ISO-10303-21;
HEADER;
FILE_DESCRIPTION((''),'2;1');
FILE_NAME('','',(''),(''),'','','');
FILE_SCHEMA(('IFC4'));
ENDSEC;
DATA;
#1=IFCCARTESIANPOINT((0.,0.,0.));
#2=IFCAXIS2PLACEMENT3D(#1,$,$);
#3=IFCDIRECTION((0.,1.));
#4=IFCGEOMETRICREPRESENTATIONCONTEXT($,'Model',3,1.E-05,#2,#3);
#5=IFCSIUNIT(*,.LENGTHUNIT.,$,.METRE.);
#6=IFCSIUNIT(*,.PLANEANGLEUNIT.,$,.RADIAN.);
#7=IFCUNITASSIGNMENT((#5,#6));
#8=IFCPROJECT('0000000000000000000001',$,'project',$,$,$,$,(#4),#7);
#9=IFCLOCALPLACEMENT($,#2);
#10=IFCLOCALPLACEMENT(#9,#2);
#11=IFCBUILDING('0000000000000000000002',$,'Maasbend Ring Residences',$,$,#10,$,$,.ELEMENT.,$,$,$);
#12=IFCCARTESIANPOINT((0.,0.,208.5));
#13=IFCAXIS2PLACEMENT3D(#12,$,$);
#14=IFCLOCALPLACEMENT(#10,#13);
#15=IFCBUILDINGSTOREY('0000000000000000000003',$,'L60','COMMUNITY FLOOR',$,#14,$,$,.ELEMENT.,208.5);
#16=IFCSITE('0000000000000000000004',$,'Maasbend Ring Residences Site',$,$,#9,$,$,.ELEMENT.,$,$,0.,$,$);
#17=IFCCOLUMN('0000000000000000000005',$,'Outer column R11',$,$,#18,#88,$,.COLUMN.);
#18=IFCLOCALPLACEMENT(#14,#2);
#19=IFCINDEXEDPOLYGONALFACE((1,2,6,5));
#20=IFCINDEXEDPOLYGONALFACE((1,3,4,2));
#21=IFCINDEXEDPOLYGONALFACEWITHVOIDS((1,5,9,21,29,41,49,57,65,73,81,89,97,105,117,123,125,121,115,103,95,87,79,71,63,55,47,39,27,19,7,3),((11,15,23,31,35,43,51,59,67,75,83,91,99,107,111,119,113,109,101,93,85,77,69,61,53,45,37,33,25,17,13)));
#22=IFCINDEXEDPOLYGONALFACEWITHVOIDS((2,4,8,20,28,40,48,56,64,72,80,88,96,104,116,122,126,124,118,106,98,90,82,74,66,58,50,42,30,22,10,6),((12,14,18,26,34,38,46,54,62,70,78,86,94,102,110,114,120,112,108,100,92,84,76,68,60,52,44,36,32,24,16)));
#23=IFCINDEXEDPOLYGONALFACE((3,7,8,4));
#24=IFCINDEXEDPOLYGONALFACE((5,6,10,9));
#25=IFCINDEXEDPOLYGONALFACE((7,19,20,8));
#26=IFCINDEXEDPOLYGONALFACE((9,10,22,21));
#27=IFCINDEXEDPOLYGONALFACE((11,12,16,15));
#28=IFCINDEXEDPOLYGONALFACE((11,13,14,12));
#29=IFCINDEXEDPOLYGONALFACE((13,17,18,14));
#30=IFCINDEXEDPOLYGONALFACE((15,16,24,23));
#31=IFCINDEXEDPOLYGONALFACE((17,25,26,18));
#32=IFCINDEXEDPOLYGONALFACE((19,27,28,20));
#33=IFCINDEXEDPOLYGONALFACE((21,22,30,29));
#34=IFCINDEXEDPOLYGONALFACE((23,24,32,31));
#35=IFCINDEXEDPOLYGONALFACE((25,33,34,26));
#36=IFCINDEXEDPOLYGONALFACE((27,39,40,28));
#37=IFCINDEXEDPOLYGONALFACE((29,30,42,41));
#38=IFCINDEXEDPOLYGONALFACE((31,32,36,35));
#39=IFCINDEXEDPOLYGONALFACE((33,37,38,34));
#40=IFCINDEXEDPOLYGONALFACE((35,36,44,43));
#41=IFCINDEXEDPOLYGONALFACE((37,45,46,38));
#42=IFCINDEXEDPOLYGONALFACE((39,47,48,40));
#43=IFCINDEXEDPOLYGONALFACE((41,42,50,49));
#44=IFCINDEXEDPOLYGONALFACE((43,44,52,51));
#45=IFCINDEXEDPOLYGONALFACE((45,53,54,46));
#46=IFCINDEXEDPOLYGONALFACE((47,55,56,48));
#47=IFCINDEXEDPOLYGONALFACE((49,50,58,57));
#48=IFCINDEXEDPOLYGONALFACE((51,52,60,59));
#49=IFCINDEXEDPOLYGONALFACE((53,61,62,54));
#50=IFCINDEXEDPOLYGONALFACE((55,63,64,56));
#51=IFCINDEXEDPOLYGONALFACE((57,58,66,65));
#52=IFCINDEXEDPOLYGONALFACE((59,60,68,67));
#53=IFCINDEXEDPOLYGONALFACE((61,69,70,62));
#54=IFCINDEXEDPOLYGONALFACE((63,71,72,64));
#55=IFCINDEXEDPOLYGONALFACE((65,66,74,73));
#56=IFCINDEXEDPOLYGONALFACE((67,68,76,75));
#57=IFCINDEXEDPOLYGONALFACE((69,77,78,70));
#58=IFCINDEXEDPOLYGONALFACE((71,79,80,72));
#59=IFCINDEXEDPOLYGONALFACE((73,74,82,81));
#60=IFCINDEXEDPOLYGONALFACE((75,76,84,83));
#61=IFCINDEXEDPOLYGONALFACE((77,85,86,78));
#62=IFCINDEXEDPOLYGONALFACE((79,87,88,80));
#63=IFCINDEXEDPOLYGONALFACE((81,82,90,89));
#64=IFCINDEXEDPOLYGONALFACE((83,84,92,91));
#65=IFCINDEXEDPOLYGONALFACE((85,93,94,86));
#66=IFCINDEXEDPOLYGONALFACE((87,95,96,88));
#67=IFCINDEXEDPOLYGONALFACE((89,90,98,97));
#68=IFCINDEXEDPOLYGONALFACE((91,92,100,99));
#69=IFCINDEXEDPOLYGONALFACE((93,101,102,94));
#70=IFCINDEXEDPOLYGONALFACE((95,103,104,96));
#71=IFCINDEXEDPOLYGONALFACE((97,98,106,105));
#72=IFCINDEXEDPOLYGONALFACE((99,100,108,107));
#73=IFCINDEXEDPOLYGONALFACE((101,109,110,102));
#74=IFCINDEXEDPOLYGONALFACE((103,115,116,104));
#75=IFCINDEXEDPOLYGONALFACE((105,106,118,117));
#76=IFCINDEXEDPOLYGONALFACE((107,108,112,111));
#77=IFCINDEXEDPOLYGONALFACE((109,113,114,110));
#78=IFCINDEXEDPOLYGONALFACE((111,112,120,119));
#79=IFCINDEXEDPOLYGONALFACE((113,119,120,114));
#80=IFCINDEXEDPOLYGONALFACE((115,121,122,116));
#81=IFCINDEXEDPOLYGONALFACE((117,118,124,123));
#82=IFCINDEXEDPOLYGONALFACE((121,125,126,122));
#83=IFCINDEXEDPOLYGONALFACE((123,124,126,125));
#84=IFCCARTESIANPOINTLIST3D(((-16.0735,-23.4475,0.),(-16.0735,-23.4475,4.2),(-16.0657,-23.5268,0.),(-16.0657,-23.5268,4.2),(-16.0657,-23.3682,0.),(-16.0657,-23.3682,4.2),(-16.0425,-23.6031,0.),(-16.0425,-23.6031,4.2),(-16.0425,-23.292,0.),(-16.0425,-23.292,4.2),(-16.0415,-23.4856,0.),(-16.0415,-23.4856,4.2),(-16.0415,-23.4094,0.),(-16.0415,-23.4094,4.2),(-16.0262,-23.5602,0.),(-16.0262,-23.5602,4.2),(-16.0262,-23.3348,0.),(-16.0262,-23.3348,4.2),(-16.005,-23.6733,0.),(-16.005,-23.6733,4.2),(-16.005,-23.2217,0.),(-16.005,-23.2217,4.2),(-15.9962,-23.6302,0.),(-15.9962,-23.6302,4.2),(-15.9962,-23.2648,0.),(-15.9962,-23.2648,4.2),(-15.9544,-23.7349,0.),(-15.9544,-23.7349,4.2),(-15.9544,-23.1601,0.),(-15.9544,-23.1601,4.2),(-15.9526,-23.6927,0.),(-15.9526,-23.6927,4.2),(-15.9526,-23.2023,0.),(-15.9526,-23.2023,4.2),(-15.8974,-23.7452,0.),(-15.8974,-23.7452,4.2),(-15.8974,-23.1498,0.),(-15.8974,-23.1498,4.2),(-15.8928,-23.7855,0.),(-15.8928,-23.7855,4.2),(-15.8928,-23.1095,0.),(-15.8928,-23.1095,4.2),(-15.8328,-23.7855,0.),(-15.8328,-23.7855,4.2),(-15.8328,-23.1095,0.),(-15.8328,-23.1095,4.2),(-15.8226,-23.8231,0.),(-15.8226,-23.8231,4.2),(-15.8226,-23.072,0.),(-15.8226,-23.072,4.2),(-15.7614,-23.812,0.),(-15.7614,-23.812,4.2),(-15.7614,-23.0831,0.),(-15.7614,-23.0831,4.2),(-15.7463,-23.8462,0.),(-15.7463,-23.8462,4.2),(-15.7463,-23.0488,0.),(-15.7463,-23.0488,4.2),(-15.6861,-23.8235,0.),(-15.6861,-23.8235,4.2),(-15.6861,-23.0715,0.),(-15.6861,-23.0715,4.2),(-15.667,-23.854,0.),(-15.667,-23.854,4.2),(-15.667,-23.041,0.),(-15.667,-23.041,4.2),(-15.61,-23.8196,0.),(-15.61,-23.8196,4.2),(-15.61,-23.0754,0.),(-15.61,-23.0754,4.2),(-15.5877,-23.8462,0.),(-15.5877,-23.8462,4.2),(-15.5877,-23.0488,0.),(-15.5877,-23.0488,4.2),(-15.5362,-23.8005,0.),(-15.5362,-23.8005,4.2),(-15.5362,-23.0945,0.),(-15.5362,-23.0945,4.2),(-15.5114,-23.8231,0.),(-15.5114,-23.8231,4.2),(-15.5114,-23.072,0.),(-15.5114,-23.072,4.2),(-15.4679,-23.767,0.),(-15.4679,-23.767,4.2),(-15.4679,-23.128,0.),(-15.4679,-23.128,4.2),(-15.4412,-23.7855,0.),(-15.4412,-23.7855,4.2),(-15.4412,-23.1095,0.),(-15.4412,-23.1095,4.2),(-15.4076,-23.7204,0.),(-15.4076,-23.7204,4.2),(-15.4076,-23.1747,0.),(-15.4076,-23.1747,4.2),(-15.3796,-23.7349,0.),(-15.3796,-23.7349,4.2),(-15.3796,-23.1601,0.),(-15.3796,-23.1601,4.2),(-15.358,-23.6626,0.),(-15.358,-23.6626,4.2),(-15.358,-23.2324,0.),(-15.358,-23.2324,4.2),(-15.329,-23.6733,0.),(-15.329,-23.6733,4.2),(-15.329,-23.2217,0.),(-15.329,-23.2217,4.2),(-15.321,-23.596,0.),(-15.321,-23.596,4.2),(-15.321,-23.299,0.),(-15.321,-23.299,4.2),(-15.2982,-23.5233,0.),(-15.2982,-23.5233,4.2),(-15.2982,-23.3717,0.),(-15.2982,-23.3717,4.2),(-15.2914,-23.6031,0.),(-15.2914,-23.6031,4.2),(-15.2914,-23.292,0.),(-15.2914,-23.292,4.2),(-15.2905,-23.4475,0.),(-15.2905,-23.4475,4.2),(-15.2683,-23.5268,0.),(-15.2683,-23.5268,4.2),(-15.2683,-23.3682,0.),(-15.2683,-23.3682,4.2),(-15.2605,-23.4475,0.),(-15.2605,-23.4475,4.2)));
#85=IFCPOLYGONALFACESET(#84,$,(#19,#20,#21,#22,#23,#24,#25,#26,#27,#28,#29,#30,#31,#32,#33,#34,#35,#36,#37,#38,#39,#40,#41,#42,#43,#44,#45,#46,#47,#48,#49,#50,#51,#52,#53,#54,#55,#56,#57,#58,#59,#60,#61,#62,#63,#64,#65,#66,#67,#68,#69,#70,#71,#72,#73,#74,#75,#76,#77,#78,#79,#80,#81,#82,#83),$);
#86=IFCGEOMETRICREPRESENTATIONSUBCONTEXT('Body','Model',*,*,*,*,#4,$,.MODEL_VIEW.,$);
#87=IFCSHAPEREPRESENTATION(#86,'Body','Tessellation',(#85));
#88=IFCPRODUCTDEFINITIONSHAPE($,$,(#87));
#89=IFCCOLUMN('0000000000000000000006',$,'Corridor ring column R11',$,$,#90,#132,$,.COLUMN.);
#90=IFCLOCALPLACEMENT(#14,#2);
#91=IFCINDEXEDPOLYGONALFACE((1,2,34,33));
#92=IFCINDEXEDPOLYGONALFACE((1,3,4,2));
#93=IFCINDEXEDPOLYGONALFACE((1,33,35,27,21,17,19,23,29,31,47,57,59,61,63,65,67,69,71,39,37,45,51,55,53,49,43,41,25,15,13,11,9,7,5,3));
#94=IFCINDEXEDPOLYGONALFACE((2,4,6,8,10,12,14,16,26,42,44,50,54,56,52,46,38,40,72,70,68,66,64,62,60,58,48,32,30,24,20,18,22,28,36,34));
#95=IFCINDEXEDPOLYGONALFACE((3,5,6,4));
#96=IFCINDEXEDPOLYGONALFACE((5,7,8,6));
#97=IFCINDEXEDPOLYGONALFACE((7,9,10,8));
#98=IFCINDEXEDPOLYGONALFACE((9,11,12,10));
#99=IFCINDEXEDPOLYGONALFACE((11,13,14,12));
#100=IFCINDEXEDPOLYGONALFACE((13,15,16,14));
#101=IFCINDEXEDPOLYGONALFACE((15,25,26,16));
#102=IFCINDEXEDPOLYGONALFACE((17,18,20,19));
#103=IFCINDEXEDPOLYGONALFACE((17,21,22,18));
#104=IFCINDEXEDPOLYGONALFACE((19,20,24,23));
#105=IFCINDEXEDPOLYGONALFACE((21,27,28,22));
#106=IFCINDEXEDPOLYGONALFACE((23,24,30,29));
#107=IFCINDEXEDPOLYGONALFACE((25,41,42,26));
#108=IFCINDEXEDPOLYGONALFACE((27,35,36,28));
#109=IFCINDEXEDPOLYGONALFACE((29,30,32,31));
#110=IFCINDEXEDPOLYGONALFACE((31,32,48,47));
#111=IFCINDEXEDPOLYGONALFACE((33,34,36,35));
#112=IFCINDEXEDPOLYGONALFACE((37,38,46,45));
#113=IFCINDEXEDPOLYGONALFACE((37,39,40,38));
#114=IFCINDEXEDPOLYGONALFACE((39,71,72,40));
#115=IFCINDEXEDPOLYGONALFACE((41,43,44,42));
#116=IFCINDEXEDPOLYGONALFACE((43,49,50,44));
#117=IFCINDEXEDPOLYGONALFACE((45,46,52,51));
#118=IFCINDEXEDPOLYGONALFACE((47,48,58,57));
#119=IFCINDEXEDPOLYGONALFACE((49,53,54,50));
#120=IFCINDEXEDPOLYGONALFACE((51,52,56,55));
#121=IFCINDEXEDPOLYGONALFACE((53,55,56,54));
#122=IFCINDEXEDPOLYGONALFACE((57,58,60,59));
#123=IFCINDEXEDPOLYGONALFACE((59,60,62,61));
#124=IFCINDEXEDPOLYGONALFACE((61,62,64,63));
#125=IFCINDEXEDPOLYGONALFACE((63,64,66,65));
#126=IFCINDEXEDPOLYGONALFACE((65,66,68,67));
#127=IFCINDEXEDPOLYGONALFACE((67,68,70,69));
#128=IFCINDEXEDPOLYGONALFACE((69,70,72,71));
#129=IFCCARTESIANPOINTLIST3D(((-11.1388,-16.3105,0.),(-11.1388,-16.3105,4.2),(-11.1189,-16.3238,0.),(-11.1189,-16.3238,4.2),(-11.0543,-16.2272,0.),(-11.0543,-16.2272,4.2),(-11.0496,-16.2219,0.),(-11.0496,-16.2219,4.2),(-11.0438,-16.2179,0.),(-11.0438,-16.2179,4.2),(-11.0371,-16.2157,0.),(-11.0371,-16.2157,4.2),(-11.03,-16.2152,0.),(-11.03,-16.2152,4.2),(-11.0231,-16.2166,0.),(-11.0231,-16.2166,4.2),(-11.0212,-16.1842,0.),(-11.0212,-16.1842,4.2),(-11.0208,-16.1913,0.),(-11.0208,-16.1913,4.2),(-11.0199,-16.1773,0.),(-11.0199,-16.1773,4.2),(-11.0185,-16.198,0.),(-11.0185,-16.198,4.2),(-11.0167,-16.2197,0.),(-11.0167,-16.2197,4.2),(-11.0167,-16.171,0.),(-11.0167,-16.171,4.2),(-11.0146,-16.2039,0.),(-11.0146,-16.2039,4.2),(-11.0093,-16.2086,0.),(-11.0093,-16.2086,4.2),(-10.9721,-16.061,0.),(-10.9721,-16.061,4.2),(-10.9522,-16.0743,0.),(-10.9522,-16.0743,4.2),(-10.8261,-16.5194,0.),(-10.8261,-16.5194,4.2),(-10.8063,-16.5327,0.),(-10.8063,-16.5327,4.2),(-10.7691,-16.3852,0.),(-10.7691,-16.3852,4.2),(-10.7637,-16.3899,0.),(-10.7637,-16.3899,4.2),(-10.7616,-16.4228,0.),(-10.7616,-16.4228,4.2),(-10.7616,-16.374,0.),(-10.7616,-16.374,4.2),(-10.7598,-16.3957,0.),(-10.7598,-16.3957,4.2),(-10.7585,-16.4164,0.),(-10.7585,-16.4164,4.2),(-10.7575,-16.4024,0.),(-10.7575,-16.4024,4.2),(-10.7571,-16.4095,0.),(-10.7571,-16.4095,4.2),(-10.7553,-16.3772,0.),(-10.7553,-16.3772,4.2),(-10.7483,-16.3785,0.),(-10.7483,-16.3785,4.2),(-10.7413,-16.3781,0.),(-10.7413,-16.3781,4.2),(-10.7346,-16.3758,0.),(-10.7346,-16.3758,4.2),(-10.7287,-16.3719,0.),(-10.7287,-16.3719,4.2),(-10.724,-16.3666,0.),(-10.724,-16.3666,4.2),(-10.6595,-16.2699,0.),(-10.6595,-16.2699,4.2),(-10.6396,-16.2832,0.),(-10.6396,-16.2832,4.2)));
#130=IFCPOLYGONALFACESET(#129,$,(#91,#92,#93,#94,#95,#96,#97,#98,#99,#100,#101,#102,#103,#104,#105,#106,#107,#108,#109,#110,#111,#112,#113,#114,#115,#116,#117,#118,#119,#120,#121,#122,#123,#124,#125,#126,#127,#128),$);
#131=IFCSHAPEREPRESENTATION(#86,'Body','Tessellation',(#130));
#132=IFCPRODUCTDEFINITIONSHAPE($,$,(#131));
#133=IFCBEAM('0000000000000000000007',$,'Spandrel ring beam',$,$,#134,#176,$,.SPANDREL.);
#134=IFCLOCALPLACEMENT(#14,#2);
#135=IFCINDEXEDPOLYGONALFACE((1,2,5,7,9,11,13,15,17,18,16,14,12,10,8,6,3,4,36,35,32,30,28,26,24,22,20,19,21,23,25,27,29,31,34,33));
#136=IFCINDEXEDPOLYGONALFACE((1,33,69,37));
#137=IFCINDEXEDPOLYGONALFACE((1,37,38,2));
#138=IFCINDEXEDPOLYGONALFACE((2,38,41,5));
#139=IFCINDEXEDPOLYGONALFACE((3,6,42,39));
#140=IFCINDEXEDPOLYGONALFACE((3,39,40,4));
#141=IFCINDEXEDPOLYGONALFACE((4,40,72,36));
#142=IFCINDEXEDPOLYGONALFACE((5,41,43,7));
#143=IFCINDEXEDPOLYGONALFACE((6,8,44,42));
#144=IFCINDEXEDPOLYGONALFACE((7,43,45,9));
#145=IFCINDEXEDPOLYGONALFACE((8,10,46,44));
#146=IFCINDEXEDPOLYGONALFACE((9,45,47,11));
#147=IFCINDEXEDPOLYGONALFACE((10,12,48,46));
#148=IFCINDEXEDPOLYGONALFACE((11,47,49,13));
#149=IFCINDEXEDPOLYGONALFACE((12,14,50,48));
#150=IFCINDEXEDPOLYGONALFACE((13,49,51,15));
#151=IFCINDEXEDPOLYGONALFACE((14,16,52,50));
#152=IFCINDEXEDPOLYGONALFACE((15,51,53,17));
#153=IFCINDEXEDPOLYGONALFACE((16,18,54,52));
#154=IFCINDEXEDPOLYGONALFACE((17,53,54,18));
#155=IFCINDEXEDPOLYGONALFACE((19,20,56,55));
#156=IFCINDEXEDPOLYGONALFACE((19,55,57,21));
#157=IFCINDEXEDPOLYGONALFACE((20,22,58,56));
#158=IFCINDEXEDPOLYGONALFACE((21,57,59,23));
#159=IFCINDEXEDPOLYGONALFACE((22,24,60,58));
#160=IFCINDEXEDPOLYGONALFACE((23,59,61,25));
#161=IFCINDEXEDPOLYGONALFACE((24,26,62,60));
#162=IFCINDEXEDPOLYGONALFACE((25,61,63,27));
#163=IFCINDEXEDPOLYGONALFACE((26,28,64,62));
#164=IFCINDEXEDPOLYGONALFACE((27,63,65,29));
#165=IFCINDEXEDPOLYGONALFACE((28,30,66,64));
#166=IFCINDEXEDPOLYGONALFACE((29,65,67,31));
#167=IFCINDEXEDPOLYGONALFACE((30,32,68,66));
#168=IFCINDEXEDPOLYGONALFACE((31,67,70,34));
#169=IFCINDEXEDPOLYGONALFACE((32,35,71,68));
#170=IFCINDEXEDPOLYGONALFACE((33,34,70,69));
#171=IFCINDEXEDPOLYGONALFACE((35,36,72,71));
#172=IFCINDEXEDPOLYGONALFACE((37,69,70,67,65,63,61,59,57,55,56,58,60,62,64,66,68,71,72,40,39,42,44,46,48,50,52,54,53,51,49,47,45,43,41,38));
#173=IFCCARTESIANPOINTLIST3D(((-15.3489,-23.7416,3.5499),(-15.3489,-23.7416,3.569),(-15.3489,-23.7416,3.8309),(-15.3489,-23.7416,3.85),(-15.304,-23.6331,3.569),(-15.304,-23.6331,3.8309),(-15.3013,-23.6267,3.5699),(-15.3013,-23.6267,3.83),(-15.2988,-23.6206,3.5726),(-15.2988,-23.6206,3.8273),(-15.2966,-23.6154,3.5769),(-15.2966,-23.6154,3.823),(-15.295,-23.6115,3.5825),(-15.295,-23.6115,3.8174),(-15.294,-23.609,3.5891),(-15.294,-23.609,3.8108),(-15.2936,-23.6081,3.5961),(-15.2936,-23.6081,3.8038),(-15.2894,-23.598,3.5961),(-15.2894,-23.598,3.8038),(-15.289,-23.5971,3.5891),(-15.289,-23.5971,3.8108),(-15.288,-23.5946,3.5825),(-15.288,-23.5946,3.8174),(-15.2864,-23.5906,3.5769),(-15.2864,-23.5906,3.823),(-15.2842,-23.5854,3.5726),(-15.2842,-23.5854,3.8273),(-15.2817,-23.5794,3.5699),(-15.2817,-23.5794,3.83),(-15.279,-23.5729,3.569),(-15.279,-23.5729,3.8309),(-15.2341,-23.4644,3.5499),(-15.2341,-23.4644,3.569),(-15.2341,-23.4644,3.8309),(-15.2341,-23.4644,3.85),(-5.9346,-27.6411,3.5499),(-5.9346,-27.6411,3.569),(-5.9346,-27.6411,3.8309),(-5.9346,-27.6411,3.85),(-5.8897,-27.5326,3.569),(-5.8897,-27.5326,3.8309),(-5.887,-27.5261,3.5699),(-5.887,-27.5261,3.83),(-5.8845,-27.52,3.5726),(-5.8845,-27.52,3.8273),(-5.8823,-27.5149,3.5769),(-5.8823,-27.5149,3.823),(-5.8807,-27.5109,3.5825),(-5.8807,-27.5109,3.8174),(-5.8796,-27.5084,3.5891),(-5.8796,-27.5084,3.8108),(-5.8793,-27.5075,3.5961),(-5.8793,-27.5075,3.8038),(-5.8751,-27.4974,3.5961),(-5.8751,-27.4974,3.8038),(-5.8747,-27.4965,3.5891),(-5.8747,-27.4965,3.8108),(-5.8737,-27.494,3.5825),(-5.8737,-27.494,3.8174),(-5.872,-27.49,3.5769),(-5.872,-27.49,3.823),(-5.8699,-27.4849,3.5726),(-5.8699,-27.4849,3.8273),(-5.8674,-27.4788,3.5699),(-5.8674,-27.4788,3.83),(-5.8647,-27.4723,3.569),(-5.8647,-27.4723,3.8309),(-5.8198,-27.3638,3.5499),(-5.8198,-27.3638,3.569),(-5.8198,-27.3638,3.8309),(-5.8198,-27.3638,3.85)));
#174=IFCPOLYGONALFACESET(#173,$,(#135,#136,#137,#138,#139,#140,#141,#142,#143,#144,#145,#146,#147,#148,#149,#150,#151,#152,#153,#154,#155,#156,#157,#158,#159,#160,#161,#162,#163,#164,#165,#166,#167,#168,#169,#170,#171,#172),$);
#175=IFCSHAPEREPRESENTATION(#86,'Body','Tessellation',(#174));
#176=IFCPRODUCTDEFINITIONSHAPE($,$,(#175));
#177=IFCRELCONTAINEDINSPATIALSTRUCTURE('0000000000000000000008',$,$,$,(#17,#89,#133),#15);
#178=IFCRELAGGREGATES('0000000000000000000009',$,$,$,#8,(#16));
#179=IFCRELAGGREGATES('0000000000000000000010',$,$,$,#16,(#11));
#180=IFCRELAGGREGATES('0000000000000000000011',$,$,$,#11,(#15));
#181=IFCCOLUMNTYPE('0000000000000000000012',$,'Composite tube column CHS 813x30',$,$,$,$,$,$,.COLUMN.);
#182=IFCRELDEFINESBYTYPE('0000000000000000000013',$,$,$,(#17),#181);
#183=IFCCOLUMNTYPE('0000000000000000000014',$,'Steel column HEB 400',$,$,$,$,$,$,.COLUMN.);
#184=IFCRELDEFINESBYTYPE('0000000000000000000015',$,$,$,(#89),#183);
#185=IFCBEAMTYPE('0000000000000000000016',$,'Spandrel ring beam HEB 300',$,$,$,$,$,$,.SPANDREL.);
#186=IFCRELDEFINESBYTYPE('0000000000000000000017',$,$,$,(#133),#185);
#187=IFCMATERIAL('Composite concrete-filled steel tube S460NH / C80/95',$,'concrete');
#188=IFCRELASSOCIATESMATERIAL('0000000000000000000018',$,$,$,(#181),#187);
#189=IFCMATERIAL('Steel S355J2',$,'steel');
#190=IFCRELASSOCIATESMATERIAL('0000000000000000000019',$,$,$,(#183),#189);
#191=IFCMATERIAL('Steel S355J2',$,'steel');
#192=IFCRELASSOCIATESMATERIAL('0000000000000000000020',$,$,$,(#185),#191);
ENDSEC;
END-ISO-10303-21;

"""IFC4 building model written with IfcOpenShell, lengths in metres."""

from ifc_helpers import new_model, si_unit, direction, frame, origin, origin_2d, place, context, subcontext, project, spatial, hollow_circle, i_section, extrude, material, material_profile, profile_set, type_object, element, save


model = new_model("IFC4")

# Units and contexts
model_context = context("Model", 3, precision=1e-05, world=origin(), true_north=direction((0.0, 1.0)))
body_context = subcontext(model_context, "Body", "Model", "MODEL_VIEW")
ifc_project = project(units=[si_unit("LENGTHUNIT", "METRE"), si_unit("PLANEANGLEUNIT", "RADIAN")], contexts=[model_context])

# Site, building, storey
site_placement = place(None, origin())
site = spatial("IfcSite", under=ifc_project, at=site_placement, Name="Maasbend Ring Residences Site", CompositionType="ELEMENT", RefElevation=0.0)
building_placement = place(site_placement, origin())
building = spatial("IfcBuilding", under=site, at=building_placement, Name="Maasbend Ring Residences", CompositionType="ELEMENT")
storey_placement = place(building_placement, frame((0.0, 0.0, 208.5)))
storey = spatial("IfcBuildingStorey", under=building, at=storey_placement, Name="L60", Description="COMMUNITY FLOOR", CompositionType="ELEMENT", Elevation=208.5)

# Columns
ifc_material_1 = material(Name="Composite concrete-filled steel tube S460NH / C80/95", Category="concrete")
ifc_material_profile_1 = material_profile(ifc_material_1, hollow_circle(Radius=0.4065, WallThickness=0.03, at=origin_2d()), Name="Composite tube column CHS 813x30")
ifc_profile_set_1 = profile_set([ifc_material_profile_1], Name="Composite concrete-filled steel tube S460NH / C80/95")
column_type_1 = type_object("IfcColumnType", Name="Composite tube column CHS 813x30", PredefinedType="COLUMN", material=ifc_profile_set_1)
column_1_placement = place(storey_placement, frame((-15.667, -23.4475, 0.0), z_axis=(0.0, 0.0, 1.0), x_axis=(1.0, 0.0, 0.0)))
element("IfcColumn", 1, at=column_1_placement, inside=storey, type_object=column_type_1, Name="Outer column R11", PredefinedType="COLUMN", context=body_context, shape_type="SweptSolid", body=[
    extrude(hollow_circle(Radius=0.4065, WallThickness=0.03, at=origin_2d()), origin(), (0.0, 0.0, 1.0), 4.2),
])
ifc_material_2 = material(Name="Steel S355J2", Category="steel")
ifc_material_profile_2 = material_profile(ifc_material_2, i_section(OverallWidth=0.3, OverallDepth=0.3999, WebThickness=0.0134, FlangeThickness=0.0239, FilletRadius=0.0271, at=origin_2d()), Name="HEB 400")
ifc_profile_set_2 = profile_set([ifc_material_profile_2], Name="Steel S355J2")
column_type_2 = type_object("IfcColumnType", Name="Steel column HEB 400", PredefinedType="COLUMN", material=ifc_profile_set_2)
column_2_placement = place(storey_placement, frame((-10.8892, -16.2969, 0.0), z_axis=(0.0, 0.0, 1.0), x_axis=(-0.55557, -0.83147, 0.0)))
element("IfcColumn", 2, at=column_2_placement, inside=storey, type_object=column_type_2, Name="Corridor ring column R11", PredefinedType="COLUMN", context=body_context, shape_type="SweptSolid", body=[
    extrude(i_section(OverallWidth=0.3, OverallDepth=0.3999, WebThickness=0.0134, FlangeThickness=0.0239, FilletRadius=0.0271, at=origin_2d()), origin(), (0.0, 0.0, 1.0), 4.2),
])

# Beam
ifc_material_3 = material(Name="Steel S355J2", Category="steel")
ifc_material_profile_3 = material_profile(ifc_material_3, i_section(OverallWidth=0.3, OverallDepth=0.3, WebThickness=0.011, FlangeThickness=0.019, FilletRadius=0.0271, at=origin_2d()), Name="HEB 300")
ifc_profile_set_3 = profile_set([ifc_material_profile_3], Name="Steel S355J2")
beam_type = type_object("IfcBeamType", Name="Spandrel ring beam HEB 300", PredefinedType="SPANDREL", material=ifc_profile_set_3)
beam_placement = place(storey_placement, frame((-15.2915, -23.603, 3.7), z_axis=(0.923884, -0.382673, 0.0), x_axis=(0.382673, 0.923884, 0.0)))
element("IfcBeam", 3, at=beam_placement, inside=storey, type_object=beam_type, Name="Spandrel ring beam", PredefinedType="SPANDREL", context=body_context, shape_type="SweptSolid", body=[
    extrude(i_section(OverallWidth=0.3, OverallDepth=0.3, WebThickness=0.011, FlangeThickness=0.019, FilletRadius=0.0271, at=origin_2d()), origin(), (0.0, 0.0, 1.0), 10.1899),
])

save(model, "model.ifc")
